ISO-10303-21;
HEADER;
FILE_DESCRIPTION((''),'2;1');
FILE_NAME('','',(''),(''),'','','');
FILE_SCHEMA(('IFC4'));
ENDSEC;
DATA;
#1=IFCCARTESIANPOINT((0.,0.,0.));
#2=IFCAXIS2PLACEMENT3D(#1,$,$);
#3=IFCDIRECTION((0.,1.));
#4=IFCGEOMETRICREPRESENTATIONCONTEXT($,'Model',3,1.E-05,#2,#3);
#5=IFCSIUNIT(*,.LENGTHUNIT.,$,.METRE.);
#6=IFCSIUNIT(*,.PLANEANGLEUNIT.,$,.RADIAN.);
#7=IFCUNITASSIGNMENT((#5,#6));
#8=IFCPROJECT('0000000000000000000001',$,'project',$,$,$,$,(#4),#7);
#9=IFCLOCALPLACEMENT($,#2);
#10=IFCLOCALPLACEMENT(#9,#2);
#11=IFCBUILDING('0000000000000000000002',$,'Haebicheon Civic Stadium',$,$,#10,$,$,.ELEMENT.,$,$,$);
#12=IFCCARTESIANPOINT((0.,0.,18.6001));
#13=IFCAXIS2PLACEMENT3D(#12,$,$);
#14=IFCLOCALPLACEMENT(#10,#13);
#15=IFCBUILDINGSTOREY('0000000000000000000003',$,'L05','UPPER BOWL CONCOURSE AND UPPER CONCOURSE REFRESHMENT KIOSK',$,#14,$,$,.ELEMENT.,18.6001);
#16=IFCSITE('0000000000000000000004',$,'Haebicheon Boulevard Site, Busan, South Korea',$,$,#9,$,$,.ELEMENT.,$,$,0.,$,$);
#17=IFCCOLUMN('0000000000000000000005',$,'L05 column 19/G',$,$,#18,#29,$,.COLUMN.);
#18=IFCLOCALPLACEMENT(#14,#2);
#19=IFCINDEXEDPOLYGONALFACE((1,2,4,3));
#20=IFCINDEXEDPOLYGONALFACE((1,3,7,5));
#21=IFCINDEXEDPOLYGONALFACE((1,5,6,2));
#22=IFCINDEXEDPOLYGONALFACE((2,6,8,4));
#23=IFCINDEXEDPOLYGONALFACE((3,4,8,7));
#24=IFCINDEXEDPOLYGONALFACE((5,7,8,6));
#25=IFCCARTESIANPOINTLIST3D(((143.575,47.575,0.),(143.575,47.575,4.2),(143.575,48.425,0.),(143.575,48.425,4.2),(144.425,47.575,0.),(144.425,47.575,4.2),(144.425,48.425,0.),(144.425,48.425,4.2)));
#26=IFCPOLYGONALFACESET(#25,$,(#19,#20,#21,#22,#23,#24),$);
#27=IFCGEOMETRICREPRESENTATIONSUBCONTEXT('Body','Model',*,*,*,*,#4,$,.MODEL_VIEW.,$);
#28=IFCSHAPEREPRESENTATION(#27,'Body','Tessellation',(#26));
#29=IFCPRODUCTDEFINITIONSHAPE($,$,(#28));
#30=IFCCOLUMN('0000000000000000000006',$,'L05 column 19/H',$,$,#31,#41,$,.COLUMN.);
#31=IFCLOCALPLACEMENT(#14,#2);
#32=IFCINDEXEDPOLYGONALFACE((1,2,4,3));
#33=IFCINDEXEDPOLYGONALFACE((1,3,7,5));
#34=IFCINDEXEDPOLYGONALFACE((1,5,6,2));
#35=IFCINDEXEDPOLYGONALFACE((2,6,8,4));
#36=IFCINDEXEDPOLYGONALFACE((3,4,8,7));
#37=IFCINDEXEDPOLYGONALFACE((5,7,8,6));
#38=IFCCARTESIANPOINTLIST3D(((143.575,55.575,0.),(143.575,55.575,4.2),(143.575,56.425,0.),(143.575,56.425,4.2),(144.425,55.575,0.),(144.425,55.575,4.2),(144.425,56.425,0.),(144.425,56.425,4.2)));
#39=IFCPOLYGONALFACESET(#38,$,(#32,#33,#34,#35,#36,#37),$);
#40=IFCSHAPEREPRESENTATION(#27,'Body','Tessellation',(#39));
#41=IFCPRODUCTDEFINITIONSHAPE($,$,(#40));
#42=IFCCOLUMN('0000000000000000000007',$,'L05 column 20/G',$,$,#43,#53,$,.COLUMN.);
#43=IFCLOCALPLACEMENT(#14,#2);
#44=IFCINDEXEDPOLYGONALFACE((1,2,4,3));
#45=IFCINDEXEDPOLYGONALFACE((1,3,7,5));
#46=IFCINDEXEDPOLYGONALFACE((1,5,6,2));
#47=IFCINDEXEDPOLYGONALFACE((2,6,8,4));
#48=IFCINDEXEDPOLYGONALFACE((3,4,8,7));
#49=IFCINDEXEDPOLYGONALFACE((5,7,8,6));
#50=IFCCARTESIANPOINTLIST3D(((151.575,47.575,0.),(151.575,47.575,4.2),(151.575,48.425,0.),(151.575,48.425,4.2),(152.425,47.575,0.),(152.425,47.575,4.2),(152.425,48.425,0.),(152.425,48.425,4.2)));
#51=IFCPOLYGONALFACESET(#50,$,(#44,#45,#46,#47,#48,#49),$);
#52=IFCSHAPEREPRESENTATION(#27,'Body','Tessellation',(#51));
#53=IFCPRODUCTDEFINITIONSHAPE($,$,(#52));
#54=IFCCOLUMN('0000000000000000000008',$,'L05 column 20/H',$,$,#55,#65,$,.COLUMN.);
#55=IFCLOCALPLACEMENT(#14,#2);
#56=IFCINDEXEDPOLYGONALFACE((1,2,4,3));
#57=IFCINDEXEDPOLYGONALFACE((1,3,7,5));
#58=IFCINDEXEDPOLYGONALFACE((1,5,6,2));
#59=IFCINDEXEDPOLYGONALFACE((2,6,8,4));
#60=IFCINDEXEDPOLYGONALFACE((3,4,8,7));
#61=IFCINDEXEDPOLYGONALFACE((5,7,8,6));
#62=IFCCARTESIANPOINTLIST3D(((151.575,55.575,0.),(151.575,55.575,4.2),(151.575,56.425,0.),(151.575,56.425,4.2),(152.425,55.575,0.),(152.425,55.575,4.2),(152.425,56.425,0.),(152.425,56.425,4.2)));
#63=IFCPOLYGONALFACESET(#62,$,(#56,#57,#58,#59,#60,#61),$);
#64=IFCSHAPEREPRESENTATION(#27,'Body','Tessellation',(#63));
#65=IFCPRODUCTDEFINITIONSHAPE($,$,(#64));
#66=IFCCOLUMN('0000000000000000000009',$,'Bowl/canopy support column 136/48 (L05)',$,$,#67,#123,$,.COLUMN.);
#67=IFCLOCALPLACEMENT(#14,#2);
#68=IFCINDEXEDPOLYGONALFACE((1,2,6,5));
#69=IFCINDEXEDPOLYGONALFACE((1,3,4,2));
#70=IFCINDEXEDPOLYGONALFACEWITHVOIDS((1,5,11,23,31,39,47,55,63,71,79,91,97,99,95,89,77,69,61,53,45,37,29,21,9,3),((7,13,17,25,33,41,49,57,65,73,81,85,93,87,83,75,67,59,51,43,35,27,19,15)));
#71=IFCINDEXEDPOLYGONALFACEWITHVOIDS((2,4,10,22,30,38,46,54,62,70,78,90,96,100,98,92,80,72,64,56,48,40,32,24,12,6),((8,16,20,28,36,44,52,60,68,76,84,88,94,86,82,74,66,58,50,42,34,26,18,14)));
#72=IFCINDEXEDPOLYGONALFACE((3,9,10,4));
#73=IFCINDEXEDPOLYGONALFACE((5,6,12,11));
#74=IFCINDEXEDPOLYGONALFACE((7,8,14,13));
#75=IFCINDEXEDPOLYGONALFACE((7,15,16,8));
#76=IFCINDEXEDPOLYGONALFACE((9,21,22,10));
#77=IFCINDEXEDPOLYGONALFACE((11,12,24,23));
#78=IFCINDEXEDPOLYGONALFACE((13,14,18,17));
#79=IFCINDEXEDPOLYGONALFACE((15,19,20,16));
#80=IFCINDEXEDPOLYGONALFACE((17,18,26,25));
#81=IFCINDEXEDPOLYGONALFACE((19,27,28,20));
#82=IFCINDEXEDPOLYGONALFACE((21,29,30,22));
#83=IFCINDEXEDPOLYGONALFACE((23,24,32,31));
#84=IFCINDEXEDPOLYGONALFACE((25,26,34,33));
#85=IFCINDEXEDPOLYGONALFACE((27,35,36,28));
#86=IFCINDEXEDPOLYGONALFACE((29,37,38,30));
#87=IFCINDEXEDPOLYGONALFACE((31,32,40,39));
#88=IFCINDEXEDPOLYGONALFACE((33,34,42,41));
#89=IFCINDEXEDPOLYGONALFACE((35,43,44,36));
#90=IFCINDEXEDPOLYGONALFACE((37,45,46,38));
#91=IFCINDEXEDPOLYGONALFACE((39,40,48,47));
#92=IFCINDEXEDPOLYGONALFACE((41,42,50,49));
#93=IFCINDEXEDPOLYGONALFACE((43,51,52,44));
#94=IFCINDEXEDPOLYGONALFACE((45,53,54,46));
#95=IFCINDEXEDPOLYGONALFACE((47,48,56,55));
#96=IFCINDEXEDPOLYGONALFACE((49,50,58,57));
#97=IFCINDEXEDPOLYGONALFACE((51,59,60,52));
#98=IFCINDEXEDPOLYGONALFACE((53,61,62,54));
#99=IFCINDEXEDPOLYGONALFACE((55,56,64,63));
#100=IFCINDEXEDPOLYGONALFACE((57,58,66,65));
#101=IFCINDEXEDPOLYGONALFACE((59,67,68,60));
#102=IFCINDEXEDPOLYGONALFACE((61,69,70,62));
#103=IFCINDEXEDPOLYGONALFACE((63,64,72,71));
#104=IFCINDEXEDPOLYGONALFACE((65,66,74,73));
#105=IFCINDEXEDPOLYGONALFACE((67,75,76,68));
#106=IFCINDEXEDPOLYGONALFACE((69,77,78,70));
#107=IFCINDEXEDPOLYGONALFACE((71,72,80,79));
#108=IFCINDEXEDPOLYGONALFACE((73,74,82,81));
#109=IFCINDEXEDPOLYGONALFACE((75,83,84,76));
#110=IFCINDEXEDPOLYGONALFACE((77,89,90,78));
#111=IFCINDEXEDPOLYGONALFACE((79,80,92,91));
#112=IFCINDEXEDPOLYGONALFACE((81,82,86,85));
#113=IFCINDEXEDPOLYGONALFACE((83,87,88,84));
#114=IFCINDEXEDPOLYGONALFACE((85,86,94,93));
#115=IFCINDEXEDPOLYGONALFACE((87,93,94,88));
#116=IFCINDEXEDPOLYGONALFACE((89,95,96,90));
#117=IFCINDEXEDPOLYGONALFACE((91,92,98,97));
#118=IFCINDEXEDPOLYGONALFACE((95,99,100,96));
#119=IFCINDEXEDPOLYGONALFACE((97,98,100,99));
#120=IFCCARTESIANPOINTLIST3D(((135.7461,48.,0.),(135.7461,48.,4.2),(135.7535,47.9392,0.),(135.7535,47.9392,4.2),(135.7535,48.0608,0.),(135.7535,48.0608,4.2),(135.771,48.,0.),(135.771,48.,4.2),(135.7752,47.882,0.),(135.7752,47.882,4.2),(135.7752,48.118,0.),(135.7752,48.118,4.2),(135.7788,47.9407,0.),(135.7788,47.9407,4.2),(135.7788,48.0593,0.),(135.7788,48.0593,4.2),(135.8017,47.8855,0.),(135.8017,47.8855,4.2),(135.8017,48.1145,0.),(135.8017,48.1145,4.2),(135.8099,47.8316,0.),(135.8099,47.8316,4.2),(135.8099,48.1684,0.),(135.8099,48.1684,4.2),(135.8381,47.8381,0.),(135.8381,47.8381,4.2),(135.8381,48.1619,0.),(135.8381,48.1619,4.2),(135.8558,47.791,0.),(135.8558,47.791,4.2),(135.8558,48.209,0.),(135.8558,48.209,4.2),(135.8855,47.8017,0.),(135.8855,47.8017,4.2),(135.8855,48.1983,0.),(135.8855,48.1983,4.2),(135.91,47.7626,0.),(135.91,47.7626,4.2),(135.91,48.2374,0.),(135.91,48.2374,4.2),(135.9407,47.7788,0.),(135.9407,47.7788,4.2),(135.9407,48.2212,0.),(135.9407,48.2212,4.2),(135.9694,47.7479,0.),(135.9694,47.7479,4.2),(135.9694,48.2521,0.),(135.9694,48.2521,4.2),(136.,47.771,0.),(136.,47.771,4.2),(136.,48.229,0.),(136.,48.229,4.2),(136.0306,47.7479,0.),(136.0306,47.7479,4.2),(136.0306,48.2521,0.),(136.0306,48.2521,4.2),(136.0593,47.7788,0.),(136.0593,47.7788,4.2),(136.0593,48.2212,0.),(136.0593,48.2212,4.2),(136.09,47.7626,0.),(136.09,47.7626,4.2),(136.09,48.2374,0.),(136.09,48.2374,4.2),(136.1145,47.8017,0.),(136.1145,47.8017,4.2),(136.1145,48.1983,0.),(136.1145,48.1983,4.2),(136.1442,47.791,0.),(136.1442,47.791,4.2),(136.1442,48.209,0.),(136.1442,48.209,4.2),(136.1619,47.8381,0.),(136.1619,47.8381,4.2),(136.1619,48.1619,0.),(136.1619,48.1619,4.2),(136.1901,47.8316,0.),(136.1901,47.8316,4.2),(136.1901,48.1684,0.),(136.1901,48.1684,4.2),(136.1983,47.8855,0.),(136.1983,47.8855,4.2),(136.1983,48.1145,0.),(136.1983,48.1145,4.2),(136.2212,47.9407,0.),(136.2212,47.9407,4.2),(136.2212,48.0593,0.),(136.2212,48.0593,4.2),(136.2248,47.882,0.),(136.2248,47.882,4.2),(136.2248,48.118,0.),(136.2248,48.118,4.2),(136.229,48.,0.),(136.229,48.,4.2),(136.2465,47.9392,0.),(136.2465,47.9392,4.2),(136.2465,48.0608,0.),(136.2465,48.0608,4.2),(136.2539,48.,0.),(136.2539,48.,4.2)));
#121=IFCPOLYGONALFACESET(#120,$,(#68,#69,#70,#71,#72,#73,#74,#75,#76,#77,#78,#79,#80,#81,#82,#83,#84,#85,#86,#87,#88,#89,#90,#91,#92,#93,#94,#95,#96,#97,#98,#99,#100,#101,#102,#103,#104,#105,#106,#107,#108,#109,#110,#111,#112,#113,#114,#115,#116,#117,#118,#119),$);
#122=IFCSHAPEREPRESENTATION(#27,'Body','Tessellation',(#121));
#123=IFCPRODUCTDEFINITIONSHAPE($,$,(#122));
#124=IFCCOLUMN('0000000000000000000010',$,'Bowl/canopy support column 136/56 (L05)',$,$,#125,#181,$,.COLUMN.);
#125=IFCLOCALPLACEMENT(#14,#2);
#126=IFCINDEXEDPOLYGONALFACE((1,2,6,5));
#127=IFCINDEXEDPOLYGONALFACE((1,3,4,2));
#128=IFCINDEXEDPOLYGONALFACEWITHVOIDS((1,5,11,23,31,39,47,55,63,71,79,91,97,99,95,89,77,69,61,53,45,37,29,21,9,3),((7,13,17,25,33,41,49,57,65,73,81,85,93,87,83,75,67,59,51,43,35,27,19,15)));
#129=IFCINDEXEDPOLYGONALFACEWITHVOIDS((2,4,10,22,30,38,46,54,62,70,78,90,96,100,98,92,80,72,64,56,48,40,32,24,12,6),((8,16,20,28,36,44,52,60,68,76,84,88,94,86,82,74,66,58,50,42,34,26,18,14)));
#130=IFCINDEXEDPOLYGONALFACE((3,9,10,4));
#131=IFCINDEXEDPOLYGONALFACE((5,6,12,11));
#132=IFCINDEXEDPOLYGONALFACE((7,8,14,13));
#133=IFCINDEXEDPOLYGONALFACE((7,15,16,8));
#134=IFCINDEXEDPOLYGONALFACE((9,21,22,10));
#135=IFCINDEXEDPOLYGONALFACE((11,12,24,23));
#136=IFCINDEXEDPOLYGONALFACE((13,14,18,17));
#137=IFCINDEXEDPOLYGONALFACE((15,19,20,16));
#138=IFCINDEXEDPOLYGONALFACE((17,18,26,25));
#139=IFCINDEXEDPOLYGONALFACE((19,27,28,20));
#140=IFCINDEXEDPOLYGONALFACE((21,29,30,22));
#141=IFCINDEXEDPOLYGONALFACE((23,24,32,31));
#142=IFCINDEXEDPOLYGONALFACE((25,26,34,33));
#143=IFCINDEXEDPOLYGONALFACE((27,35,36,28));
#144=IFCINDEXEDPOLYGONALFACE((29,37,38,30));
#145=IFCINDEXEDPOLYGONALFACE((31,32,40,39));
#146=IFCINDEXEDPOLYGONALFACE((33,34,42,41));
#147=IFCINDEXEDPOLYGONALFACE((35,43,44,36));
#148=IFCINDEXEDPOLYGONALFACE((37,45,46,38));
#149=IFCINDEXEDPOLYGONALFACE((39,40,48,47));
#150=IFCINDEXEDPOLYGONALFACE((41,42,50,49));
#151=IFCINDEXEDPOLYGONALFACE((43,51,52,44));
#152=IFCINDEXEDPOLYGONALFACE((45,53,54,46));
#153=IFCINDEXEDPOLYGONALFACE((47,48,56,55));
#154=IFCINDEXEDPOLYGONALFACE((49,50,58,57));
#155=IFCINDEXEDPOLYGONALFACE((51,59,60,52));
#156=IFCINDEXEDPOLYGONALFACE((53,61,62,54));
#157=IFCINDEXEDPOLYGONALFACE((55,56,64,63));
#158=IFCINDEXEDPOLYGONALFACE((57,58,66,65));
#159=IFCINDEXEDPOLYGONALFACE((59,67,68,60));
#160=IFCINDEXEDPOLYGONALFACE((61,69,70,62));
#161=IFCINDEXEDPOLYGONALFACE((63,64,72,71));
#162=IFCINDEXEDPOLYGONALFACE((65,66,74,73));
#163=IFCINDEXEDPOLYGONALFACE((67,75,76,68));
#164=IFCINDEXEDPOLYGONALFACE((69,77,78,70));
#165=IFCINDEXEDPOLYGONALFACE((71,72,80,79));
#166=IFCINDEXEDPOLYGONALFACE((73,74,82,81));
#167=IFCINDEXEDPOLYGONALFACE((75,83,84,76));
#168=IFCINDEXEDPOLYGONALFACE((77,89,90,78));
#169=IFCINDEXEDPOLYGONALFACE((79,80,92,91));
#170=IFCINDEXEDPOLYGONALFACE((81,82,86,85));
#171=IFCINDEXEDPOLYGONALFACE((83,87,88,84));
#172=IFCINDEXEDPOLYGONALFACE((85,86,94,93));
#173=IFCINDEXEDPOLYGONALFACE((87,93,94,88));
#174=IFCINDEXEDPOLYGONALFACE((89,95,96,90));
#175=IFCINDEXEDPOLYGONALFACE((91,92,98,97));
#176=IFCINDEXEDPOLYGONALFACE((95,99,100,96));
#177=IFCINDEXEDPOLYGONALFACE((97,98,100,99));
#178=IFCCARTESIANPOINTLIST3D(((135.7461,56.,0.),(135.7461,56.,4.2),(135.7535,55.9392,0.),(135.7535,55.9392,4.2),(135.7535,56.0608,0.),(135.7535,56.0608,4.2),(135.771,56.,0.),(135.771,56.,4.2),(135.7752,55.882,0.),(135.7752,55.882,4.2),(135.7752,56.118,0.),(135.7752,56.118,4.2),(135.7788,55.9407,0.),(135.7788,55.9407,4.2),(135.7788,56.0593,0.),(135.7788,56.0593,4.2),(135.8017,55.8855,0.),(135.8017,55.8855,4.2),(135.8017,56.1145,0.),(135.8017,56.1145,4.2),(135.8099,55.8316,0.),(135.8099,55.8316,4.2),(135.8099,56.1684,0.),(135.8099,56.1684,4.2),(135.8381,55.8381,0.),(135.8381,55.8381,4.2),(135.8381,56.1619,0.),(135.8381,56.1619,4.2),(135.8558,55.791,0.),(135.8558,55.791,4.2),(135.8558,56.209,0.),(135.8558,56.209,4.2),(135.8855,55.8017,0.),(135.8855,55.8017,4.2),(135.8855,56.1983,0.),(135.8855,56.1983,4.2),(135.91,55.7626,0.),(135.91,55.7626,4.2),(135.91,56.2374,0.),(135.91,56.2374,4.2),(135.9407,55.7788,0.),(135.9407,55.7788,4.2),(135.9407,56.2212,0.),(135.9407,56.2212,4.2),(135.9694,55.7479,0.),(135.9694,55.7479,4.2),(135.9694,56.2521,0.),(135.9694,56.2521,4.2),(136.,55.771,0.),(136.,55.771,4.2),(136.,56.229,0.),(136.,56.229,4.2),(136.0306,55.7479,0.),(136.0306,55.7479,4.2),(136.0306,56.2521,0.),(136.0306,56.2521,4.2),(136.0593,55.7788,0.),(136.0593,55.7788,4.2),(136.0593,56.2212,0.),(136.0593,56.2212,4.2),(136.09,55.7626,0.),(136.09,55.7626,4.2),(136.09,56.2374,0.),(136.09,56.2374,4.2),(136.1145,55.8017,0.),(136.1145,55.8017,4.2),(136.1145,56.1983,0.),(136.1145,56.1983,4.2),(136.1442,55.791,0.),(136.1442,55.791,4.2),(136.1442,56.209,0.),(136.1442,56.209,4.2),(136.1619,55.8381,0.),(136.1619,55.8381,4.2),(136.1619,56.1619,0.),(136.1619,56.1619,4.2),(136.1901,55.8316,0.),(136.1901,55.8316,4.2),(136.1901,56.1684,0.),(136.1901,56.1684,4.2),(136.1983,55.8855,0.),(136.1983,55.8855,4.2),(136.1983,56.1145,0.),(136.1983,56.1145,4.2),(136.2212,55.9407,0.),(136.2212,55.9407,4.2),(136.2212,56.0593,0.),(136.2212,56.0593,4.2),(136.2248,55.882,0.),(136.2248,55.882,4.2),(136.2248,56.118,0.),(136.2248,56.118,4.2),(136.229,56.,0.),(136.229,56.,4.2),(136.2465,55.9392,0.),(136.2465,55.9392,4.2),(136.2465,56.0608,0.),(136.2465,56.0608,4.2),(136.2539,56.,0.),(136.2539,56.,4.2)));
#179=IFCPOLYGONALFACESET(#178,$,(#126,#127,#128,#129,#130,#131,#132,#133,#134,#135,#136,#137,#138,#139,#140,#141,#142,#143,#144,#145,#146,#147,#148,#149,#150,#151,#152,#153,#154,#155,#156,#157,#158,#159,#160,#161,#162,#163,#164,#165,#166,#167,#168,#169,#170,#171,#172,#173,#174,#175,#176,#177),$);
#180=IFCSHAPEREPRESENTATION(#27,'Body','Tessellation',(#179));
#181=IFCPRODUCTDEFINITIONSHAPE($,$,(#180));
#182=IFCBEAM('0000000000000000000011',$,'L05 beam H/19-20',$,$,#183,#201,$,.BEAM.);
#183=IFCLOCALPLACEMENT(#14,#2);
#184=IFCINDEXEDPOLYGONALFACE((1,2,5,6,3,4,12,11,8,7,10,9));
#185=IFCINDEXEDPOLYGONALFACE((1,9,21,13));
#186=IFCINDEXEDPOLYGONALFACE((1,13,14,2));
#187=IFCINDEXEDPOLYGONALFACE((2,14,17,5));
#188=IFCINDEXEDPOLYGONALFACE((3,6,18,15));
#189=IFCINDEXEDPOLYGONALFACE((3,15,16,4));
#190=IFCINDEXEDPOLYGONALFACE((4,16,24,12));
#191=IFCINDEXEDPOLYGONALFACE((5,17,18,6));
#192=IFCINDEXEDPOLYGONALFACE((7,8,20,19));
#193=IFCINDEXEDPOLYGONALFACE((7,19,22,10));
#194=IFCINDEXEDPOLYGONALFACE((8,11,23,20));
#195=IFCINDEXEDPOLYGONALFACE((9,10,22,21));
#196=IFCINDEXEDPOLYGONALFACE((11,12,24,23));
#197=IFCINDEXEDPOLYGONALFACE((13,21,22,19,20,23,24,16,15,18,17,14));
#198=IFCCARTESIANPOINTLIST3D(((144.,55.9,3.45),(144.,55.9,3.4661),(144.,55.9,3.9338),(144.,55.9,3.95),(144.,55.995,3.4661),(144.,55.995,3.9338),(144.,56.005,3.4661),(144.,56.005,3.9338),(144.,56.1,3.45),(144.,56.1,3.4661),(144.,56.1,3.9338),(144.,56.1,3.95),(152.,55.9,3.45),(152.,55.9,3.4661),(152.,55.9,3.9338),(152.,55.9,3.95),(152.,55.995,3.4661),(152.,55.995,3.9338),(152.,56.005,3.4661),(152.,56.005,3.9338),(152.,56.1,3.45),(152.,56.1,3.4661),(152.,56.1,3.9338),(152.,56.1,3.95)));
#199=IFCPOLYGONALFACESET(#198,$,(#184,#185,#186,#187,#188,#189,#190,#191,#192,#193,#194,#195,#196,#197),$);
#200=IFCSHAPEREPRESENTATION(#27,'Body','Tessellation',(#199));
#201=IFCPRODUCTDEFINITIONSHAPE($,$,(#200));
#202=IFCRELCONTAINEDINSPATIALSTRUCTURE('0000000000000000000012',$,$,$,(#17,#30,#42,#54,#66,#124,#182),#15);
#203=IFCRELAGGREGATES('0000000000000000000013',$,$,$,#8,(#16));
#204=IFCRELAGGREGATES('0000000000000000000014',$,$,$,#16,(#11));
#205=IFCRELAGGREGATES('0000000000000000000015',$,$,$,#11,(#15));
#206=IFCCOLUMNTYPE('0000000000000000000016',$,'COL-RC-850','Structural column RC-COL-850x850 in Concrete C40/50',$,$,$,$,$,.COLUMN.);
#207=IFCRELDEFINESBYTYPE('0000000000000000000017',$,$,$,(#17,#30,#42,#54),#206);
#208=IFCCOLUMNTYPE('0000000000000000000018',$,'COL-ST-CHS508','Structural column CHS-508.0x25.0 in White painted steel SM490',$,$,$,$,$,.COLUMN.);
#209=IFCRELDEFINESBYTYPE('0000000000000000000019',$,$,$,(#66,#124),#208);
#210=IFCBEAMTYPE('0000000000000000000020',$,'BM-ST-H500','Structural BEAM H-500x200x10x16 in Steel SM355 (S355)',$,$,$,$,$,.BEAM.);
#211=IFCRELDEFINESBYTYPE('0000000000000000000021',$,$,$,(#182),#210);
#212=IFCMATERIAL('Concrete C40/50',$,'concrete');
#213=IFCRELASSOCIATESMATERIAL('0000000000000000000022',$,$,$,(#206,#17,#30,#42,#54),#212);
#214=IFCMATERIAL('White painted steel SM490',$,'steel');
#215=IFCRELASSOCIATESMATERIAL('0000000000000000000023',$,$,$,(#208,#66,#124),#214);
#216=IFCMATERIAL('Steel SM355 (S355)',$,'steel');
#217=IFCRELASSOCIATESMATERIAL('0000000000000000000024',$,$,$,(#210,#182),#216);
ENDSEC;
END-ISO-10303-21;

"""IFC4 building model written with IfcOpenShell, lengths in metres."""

from ifc_helpers import new_model, si_unit, direction, frame, origin, origin_2d, place, context, subcontext, project, spatial, rectangle, hollow_circle, i_section, extrude, material, material_profile, profile_set, type_object, element, save


model = new_model("IFC4")

# Units and contexts
model_context = context("Model", 3, precision=1e-05, world=origin(), true_north=direction((0.0, 1.0)))
body_context = subcontext(model_context, "Body", "Model", "MODEL_VIEW")
ifc_project = project(units=[si_unit("LENGTHUNIT", "METRE"), si_unit("PLANEANGLEUNIT", "RADIAN")], contexts=[model_context])

# Site, building, storey
site_placement = place(None, origin())
site = spatial("IfcSite", under=ifc_project, at=site_placement, Name="Haebicheon Boulevard Site, Busan, South Korea", CompositionType="ELEMENT", RefElevation=0.0)
building_placement = place(site_placement, origin())
building = spatial("IfcBuilding", under=site, at=building_placement, Name="Haebicheon Civic Stadium", CompositionType="ELEMENT")
storey_placement = place(building_placement, frame((0.0, 0.0, 18.6001)))
storey = spatial("IfcBuildingStorey", under=building, at=storey_placement, Name="L05", Description="UPPER BOWL CONCOURSE AND UPPER CONCOURSE REFRESHMENT KIOSK", CompositionType="ELEMENT", Elevation=18.6001)

# Columns
ifc_material_1 = material(Name="Concrete C40/50", Category="concrete")
ifc_material_profile_1 = material_profile(ifc_material_1, rectangle(XDim=0.8501, YDim=0.8501, at=origin_2d()), Name="RC-COL-850x850")
ifc_profile_set_1 = profile_set([ifc_material_profile_1], Name="Concrete C40/50")
column_type_1 = type_object("IfcColumnType", Name="COL-RC-850", Description="Structural column RC-COL-850x850 in Concrete C40/50", PredefinedType="COLUMN", material=ifc_profile_set_1)
for number, where, z_axis, x_axis, name in (
    (1, (144.0, 48.0, 0.0), (0.0, 0.0, 1.0), (1.0, 0.0, 0.0), "L05 column 19/G"),
    (2, (144.0, 56.0, 0.0), (0.0, 0.0, 1.0), (1.0, 0.0, 0.0), "L05 column 19/H"),
    (3, (152.0, 48.0, 0.0), (0.0, 0.0, 1.0), (1.0, 0.0, 0.0), "L05 column 20/G"),
    (4, (152.0, 56.0, 0.0), (0.0, 0.0, 1.0), (1.0, 0.0, 0.0), "L05 column 20/H"),
):
    element("IfcColumn", number, at=place(storey_placement, frame(where, z_axis=z_axis, x_axis=x_axis)), inside=storey, type_object=column_type_1, material=ifc_profile_set_1, Name=name, PredefinedType="COLUMN", context=body_context, shape_type="SweptSolid", body=[
        extrude(rectangle(XDim=0.8501, YDim=0.8501, at=origin_2d()), origin(), (0.0, 0.0, 1.0), 4.2),
    ])
ifc_material_2 = material(Name="White painted steel SM490", Category="steel")
ifc_material_profile_2 = material_profile(ifc_material_2, hollow_circle(Radius=0.2539, WallThickness=0.0249, at=origin_2d()), Name="CHS-508.0x25.0")
ifc_profile_set_2 = profile_set([ifc_material_profile_2], Name="White painted steel SM490")
column_type_2 = type_object("IfcColumnType", Name="COL-ST-CHS508", Description="Structural column CHS-508.0x25.0 in White painted steel SM490", PredefinedType="COLUMN", material=ifc_profile_set_2)
for number, where, z_axis, x_axis, name in (
    (5, (136.0, 48.0, 0.0), (0.0, 0.0, 1.0), (1.0, 0.0, 0.0), "Bowl/canopy support column 136/48 (L05)"),
    (6, (136.0, 56.0, 0.0), (0.0, 0.0, 1.0), (1.0, 0.0, 0.0), "Bowl/canopy support column 136/56 (L05)"),
):
    element("IfcColumn", number, at=place(storey_placement, frame(where, z_axis=z_axis, x_axis=x_axis)), inside=storey, type_object=column_type_2, material=ifc_profile_set_2, Name=name, PredefinedType="COLUMN", context=body_context, shape_type="SweptSolid", body=[
        extrude(hollow_circle(Radius=0.2539, WallThickness=0.0249, at=origin_2d()), origin(), (0.0, 0.0, 1.0), 4.2),
    ])

# Beam
ifc_material_3 = material(Name="Steel SM355 (S355)", Category="steel")
ifc_material_profile_3 = material_profile(ifc_material_3, i_section(OverallWidth=0.2, OverallDepth=0.5, WebThickness=0.01, FlangeThickness=0.0161, at=origin_2d()), Name="H-500x200x10x16")
ifc_profile_set_3 = profile_set([ifc_material_profile_3], Name="Steel SM355 (S355)")
beam_type_1 = type_object("IfcBeamType", Name="BM-ST-H500", Description="Structural BEAM H-500x200x10x16 in Steel SM355 (S355)", PredefinedType="BEAM", material=ifc_profile_set_3)
for number, where, z_axis, x_axis, name in (
    (7, (144.0, 56.0, 3.7), (1.0, 0.0, 0.0), (0.0, 1.0, 0.0), "L05 beam H/19-20"),
):
    element("IfcBeam", number, at=place(storey_placement, frame(where, z_axis=z_axis, x_axis=x_axis)), inside=storey, type_object=beam_type_1, material=ifc_profile_set_3, Name=name, PredefinedType="BEAM", context=body_context, shape_type="SweptSolid", body=[
        extrude(i_section(OverallWidth=0.2, OverallDepth=0.5, WebThickness=0.01, FlangeThickness=0.0161, at=origin_2d()), origin(), (0.0, 0.0, 1.0), 8.0),
    ])

save(model, "model.ifc")
